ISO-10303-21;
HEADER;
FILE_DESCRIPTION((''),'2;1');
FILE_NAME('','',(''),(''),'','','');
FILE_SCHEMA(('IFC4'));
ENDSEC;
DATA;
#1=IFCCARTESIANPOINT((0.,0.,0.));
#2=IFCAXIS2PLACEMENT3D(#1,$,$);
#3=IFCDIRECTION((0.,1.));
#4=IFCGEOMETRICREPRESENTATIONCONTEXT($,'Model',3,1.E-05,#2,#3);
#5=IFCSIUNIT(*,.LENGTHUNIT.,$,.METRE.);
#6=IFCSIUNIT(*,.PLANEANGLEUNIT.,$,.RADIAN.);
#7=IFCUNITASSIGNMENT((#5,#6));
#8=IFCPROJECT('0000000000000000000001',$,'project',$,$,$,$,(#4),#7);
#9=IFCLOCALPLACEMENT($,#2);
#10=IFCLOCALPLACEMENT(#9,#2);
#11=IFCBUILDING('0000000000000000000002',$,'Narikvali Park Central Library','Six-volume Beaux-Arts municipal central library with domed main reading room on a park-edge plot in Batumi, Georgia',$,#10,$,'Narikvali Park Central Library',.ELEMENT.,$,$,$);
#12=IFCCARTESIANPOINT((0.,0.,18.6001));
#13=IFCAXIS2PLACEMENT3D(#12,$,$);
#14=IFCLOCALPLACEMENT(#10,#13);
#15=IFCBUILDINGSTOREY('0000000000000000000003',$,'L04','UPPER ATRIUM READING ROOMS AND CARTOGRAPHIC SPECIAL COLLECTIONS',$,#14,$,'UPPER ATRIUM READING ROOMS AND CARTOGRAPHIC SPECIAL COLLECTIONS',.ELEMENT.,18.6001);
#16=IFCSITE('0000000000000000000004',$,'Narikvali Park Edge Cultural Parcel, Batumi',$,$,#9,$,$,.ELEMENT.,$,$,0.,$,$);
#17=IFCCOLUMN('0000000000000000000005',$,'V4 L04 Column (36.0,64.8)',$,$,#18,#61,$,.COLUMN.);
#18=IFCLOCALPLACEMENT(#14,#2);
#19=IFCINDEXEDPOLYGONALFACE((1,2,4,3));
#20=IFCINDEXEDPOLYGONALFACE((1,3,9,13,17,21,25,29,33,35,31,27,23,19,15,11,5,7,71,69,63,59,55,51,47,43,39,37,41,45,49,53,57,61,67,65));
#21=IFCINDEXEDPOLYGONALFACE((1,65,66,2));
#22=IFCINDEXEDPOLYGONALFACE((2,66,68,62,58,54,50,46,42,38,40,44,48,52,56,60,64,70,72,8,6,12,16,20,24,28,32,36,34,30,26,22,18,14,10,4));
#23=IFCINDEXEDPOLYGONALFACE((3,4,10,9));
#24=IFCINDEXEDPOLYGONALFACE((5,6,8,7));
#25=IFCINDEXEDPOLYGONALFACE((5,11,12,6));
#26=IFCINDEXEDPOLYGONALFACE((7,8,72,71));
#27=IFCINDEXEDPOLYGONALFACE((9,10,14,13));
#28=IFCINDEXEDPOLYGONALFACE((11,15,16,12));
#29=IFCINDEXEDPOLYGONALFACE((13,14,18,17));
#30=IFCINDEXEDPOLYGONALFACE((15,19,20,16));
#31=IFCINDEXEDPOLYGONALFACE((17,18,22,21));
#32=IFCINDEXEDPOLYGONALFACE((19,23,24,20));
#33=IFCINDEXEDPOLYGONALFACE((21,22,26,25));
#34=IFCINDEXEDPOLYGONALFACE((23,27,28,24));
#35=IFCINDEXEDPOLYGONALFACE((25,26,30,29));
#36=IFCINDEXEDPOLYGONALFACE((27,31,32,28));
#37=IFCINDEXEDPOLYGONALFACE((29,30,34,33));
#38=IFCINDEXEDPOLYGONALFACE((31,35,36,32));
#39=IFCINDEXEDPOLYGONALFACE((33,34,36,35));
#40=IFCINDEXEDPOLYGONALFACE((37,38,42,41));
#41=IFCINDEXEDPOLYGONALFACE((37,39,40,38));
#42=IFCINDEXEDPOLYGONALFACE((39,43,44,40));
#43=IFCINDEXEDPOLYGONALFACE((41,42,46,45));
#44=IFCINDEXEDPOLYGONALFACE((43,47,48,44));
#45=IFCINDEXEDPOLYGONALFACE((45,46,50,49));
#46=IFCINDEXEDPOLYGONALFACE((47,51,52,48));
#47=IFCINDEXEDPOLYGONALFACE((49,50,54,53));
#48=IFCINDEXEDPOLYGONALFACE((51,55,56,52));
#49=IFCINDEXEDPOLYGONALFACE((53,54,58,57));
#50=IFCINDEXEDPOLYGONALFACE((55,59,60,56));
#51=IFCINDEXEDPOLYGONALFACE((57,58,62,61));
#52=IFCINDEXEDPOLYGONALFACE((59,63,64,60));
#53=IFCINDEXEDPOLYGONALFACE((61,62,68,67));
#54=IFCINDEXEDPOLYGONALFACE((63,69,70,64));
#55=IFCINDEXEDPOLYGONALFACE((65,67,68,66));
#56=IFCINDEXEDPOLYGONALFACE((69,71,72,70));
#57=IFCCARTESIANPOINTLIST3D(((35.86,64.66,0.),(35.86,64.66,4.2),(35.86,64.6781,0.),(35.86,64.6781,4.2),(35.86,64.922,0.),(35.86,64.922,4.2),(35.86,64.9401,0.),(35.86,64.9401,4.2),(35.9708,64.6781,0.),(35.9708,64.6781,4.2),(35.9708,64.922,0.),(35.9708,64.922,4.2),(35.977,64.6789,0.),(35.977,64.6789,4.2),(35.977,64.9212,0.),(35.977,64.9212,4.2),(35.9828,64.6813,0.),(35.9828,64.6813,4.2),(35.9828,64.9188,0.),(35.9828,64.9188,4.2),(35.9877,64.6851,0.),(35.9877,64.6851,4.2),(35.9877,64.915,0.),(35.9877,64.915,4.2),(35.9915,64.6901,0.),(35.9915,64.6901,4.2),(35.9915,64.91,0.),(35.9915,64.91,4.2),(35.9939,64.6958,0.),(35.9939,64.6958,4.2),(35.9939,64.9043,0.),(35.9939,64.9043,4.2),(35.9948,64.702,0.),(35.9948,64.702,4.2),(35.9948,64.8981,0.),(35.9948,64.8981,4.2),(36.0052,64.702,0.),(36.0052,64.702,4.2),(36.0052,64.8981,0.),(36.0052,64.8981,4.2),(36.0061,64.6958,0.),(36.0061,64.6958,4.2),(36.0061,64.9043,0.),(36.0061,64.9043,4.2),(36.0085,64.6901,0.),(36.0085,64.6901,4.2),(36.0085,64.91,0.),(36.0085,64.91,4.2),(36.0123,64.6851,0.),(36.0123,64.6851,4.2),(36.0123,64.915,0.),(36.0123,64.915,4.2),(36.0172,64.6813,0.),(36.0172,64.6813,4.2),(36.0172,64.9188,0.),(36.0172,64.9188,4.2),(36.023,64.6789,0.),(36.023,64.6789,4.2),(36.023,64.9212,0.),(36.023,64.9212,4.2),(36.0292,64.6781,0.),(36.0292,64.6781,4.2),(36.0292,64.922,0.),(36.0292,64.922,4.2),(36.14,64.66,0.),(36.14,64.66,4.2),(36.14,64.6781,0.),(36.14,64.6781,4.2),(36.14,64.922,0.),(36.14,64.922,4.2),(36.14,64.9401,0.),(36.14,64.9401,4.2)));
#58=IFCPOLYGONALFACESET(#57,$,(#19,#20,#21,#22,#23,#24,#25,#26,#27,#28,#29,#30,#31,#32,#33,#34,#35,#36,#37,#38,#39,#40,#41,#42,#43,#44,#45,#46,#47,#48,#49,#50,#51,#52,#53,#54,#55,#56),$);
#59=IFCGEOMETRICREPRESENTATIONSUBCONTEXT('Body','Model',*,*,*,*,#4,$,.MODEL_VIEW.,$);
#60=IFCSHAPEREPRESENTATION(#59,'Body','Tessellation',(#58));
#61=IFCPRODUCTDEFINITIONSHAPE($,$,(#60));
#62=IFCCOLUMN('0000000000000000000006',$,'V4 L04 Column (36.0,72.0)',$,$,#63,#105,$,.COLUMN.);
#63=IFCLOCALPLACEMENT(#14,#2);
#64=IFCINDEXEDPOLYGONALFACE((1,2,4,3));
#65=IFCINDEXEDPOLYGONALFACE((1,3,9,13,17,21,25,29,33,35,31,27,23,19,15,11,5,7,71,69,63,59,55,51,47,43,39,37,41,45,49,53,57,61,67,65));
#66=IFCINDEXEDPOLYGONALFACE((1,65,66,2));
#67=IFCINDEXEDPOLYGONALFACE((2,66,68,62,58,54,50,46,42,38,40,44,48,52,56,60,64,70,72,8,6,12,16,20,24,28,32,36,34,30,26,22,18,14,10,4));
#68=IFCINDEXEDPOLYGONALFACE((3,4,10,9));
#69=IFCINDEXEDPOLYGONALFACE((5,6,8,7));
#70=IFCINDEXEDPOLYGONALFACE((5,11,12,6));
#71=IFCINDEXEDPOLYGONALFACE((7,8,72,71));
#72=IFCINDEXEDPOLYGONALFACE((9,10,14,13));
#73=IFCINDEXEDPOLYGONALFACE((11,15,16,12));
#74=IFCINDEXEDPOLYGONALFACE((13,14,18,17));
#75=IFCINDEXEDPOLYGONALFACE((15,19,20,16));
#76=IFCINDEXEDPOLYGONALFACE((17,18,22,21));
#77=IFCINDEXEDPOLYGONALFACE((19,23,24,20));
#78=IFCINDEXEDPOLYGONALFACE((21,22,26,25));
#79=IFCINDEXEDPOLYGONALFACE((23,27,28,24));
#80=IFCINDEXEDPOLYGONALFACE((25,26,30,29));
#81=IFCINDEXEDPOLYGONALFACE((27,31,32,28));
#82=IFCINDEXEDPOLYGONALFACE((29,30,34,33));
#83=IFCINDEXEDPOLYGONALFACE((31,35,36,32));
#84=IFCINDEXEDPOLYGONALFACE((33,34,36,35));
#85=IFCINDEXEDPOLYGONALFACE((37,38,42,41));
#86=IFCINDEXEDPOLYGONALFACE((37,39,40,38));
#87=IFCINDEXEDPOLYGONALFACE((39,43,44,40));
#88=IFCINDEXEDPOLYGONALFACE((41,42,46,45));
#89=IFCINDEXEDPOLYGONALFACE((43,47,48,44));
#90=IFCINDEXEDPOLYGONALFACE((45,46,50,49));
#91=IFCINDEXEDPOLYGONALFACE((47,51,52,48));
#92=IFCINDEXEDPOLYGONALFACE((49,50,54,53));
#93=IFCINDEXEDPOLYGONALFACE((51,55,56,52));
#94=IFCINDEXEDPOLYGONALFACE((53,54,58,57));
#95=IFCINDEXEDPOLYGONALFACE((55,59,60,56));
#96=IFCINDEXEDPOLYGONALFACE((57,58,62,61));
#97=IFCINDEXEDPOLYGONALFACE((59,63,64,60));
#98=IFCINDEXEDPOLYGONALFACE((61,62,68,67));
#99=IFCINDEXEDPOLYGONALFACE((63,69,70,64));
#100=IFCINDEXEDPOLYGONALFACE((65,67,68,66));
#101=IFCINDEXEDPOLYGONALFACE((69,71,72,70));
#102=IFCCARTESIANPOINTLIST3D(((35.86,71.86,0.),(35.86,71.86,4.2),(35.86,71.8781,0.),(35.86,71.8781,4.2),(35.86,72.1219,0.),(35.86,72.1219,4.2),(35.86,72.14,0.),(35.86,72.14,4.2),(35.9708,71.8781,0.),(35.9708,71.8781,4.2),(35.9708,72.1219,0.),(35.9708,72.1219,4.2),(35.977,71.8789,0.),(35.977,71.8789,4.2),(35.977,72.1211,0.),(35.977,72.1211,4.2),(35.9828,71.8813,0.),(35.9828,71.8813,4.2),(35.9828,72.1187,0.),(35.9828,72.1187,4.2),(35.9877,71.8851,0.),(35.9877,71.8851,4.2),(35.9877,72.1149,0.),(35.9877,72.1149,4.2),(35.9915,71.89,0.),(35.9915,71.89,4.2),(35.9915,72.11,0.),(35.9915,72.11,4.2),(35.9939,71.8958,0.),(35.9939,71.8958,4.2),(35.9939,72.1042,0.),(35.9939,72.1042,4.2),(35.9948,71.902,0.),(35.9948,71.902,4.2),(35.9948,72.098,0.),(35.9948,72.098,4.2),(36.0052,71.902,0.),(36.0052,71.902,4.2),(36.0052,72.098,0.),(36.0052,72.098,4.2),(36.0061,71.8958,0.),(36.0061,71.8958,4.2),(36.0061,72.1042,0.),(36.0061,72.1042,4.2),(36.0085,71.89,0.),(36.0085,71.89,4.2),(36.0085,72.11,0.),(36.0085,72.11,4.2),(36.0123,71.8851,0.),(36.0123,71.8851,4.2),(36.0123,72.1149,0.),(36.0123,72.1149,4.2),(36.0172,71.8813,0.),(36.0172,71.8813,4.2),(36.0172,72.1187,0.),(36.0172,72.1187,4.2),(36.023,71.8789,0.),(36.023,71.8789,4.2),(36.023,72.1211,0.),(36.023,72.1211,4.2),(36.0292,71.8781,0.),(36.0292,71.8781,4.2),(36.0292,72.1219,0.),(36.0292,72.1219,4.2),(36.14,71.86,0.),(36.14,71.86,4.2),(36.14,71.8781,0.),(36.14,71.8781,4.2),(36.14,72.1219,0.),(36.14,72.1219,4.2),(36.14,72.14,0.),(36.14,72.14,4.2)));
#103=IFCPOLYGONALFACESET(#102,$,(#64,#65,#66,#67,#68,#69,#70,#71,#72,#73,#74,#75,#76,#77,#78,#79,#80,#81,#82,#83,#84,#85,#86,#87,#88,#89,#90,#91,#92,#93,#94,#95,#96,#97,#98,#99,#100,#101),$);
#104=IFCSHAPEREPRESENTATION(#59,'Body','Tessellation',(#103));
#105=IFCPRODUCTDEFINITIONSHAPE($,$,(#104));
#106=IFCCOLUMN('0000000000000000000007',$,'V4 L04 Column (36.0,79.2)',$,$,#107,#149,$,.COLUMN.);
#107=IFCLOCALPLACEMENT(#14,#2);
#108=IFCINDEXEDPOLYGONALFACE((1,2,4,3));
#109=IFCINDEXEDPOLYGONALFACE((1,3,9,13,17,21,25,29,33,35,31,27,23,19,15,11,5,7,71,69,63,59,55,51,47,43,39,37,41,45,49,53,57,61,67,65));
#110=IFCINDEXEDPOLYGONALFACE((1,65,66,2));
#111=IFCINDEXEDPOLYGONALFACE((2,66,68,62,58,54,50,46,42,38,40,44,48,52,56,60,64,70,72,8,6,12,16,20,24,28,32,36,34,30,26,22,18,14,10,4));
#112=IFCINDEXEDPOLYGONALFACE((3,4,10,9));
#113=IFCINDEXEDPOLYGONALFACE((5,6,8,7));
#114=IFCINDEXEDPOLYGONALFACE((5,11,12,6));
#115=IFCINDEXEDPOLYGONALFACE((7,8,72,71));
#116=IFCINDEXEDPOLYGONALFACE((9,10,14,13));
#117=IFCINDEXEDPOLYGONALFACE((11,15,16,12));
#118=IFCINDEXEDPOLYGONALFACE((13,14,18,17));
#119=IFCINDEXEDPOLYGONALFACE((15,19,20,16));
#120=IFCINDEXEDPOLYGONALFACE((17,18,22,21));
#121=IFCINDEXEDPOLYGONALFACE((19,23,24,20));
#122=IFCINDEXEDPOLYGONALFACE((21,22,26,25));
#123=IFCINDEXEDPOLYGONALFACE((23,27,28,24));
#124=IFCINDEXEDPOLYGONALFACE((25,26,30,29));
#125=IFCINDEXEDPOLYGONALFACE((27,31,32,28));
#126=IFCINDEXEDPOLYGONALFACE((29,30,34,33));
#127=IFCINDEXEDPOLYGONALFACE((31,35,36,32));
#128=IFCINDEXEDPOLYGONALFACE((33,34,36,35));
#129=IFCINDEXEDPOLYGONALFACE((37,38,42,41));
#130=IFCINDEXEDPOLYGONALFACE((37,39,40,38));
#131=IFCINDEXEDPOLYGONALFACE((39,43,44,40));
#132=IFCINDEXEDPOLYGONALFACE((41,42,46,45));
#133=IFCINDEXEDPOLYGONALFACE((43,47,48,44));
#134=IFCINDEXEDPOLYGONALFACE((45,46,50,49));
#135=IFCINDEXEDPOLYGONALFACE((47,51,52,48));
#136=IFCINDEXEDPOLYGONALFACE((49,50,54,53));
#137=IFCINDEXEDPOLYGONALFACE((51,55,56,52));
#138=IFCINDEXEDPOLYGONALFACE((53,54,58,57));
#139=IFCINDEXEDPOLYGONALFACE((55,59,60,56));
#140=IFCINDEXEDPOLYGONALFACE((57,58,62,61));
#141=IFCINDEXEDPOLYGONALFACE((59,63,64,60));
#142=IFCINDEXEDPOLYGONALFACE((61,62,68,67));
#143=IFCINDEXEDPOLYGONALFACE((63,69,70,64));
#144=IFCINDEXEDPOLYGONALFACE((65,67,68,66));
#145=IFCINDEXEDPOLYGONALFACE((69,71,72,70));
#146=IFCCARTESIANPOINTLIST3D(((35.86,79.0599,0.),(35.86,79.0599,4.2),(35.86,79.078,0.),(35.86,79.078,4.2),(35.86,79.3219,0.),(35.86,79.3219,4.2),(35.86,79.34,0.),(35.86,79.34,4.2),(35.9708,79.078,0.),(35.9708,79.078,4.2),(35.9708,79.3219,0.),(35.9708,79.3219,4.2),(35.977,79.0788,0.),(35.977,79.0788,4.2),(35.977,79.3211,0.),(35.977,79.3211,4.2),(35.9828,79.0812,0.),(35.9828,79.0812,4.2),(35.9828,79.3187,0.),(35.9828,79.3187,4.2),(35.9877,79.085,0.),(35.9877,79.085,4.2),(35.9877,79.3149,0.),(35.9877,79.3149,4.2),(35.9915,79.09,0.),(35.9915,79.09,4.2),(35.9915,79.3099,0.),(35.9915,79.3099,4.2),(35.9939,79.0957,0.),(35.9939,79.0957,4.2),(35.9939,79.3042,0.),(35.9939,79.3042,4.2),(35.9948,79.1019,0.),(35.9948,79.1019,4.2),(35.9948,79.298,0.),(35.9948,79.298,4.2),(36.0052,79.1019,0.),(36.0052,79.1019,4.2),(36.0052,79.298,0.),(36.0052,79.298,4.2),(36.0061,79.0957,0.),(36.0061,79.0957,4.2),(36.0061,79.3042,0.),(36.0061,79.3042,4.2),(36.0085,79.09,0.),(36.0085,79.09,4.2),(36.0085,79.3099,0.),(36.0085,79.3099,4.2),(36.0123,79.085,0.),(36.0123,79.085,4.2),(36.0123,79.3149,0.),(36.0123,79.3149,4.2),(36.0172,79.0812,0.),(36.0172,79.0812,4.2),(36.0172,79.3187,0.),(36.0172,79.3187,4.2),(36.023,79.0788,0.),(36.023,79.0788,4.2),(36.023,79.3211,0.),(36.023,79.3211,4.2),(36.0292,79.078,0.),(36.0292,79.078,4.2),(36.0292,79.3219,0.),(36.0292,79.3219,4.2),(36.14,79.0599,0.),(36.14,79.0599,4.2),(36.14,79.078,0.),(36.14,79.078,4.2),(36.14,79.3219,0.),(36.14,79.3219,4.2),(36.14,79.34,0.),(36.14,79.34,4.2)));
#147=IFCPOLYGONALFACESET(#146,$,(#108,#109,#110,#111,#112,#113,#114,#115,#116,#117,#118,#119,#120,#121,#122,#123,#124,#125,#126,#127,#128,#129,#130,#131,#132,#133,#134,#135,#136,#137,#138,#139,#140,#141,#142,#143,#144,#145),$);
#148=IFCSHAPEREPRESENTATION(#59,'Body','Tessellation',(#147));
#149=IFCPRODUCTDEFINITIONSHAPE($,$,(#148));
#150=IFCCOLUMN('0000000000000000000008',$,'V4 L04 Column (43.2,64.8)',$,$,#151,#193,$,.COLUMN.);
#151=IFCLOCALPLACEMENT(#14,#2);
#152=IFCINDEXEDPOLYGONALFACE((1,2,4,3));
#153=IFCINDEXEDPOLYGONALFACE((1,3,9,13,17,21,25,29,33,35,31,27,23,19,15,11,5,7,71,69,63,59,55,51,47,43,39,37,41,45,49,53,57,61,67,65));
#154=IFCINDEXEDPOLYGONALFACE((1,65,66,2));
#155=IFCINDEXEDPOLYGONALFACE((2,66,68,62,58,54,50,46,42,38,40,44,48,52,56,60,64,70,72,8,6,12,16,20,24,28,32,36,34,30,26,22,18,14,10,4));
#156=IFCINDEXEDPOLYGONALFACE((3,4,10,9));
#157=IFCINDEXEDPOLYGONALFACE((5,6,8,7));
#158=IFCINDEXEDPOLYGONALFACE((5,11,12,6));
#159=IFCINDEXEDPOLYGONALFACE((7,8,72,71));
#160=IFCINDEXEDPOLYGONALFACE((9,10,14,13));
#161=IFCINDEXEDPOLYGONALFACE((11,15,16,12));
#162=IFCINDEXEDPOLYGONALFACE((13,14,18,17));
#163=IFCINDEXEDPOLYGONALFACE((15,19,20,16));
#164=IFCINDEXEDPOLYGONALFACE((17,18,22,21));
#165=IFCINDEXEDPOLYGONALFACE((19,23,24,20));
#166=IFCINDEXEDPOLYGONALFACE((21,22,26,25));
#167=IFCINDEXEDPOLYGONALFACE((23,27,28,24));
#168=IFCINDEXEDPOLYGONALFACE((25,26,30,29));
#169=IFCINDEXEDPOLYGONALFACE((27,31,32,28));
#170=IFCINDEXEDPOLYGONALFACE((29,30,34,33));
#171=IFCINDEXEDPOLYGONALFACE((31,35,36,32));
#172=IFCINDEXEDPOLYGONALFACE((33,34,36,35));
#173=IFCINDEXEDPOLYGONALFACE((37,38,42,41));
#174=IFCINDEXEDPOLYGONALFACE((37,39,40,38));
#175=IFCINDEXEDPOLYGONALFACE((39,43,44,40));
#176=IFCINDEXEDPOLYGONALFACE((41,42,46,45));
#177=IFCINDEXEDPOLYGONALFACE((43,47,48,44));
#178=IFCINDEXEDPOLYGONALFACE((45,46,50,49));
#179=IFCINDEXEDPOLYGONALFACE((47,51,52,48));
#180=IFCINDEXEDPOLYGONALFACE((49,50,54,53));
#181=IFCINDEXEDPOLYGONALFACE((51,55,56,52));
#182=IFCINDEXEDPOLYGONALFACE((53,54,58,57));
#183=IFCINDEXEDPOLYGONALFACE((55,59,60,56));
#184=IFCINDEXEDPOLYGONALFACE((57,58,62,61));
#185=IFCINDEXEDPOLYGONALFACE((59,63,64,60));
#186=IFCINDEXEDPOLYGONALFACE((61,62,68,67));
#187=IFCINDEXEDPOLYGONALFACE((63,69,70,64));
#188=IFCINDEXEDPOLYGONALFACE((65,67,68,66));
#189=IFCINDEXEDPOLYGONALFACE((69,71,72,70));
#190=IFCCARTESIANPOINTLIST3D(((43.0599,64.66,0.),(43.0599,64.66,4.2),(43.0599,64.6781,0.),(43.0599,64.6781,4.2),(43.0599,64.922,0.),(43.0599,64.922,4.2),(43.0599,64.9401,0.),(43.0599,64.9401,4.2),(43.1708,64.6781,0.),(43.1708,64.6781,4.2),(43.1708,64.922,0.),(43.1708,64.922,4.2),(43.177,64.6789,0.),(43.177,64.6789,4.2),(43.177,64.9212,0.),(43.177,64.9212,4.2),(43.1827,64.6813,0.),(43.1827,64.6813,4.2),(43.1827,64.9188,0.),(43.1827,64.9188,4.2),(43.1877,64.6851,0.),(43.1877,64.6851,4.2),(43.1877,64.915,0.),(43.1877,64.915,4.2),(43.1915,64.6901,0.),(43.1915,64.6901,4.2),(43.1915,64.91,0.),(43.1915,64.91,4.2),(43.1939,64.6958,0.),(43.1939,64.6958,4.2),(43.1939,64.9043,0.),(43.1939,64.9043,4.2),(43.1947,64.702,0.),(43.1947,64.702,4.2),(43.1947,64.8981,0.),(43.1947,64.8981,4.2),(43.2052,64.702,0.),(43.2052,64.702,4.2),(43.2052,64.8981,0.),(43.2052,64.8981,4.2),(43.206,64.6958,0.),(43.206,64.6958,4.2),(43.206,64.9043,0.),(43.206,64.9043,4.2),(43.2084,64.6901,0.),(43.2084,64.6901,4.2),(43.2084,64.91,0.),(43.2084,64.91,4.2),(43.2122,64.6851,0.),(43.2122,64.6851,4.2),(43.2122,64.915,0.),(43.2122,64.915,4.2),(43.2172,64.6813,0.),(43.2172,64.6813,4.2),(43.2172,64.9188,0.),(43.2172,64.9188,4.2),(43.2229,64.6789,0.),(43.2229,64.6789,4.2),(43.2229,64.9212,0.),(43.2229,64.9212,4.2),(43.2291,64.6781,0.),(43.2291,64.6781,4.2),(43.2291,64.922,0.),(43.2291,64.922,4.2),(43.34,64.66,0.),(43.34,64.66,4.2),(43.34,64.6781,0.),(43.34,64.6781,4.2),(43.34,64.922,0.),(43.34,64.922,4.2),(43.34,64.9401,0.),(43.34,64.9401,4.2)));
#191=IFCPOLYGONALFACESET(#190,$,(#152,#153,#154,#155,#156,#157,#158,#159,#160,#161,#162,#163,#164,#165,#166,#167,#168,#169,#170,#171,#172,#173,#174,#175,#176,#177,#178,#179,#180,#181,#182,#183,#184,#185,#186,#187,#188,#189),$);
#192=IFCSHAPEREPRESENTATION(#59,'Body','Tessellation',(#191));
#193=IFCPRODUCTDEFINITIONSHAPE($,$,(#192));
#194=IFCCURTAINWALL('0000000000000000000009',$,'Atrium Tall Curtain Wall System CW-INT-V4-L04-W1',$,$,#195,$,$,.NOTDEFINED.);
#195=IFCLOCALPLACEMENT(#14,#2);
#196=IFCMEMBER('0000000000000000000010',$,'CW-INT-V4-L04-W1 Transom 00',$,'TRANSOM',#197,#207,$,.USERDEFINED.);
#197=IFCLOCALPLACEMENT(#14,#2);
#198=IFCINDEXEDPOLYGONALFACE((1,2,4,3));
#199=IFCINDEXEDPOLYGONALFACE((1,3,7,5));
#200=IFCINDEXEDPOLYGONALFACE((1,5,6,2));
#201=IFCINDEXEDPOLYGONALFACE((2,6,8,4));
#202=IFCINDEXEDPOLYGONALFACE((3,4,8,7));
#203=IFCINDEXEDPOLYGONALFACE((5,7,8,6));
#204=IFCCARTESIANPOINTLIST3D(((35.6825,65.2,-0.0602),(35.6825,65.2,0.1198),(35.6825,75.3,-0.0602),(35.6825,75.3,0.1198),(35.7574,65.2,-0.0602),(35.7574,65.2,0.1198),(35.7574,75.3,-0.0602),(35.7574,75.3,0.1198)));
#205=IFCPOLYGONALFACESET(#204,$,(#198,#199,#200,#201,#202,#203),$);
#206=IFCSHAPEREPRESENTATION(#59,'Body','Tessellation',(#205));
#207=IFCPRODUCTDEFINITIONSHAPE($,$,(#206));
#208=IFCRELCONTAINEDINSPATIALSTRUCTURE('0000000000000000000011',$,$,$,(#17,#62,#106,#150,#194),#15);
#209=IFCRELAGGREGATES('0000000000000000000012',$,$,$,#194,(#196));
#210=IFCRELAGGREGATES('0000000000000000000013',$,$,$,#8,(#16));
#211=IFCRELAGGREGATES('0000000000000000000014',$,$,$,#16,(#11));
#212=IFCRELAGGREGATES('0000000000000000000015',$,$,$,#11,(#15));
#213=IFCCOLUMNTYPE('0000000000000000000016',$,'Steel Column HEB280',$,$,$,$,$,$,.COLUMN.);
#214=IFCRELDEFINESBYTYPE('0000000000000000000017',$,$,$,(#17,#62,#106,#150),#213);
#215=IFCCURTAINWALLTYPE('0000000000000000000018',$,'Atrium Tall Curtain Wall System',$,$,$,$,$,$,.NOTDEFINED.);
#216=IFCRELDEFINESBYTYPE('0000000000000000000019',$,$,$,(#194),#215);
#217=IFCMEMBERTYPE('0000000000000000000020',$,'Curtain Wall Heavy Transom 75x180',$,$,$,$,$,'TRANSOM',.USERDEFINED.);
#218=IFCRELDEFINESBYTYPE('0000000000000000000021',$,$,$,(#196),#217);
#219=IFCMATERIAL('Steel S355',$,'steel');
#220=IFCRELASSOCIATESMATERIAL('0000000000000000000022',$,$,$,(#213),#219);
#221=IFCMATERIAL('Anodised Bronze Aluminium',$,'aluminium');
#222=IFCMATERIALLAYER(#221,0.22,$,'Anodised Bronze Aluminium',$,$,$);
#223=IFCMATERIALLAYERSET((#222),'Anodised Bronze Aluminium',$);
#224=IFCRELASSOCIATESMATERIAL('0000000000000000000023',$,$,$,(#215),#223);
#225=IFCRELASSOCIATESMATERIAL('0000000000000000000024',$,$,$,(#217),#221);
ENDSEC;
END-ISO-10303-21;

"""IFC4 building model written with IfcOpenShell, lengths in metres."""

from ifc_helpers import new_model, si_unit, direction, frame, origin, origin_2d, place, context, subcontext, project, spatial, rectangle, i_section, extrude, material, layer, layer_set, material_profile, profile_set, type_object, element, aggregate, save


model = new_model("IFC4")

# Units and contexts
model_context = context("Model", 3, precision=1e-05, world=origin(), true_north=direction((0.0, 1.0)))
body_context = subcontext(model_context, "Body", "Model", "MODEL_VIEW")
ifc_project = project(units=[si_unit("LENGTHUNIT", "METRE"), si_unit("PLANEANGLEUNIT", "RADIAN")], contexts=[model_context])

# Site, building, storey
site_placement = place(None, origin())
site = spatial("IfcSite", under=ifc_project, at=site_placement, Name="Narikvali Park Edge Cultural Parcel, Batumi", CompositionType="ELEMENT", RefElevation=0.0)
building_placement = place(site_placement, origin())
building = spatial("IfcBuilding", under=site, at=building_placement, Name="Narikvali Park Central Library", Description="Six-volume Beaux-Arts municipal central library with domed main reading room on a park-edge plot in Batumi, Georgia", LongName="Narikvali Park Central Library", CompositionType="ELEMENT")
storey_placement = place(building_placement, frame((0.0, 0.0, 18.6001)))
storey = spatial("IfcBuildingStorey", under=building, at=storey_placement, Name="L04", Description="UPPER ATRIUM READING ROOMS AND CARTOGRAPHIC SPECIAL COLLECTIONS", LongName="UPPER ATRIUM READING ROOMS AND CARTOGRAPHIC SPECIAL COLLECTIONS", CompositionType="ELEMENT", Elevation=18.6001)

# Columns
ifc_material_1 = material(Name="Steel S355", Category="steel")
ifc_material_profile_1 = material_profile(ifc_material_1, i_section(OverallWidth=0.28, OverallDepth=0.28, WebThickness=0.0105, FlangeThickness=0.0181, FilletRadius=0.0239, at=origin_2d()), Name="HEB 280")
ifc_profile_set_1 = profile_set([ifc_material_profile_1], Name="Steel S355")
column_type = type_object("IfcColumnType", Name="Steel Column HEB280", PredefinedType="COLUMN", material=ifc_profile_set_1)
for number, where, z_axis, x_axis, name in (
    (1, (36.0, 64.8, 0.0), (0.0, 0.0, 1.0), (1.0, 0.0, 0.0), "V4 L04 Column (36.0,64.8)"),
    (2, (36.0, 72.0, 0.0), (0.0, 0.0, 1.0), (1.0, 0.0, 0.0), "V4 L04 Column (36.0,72.0)"),
    (3, (36.0, 79.2, 0.0), (0.0, 0.0, 1.0), (1.0, 0.0, 0.0), "V4 L04 Column (36.0,79.2)"),
    (4, (43.2, 64.8, 0.0), (0.0, 0.0, 1.0), (1.0, 0.0, 0.0), "V4 L04 Column (43.2,64.8)"),
):
    element("IfcColumn", number, at=place(storey_placement, frame(where, z_axis=z_axis, x_axis=x_axis)), inside=storey, type_object=column_type, Name=name, PredefinedType="COLUMN", context=body_context, shape_type="SweptSolid", body=[
        extrude(i_section(OverallWidth=0.28, OverallDepth=0.28, WebThickness=0.0105, FlangeThickness=0.0181, FilletRadius=0.0239, at=origin_2d()), origin(), (0.0, 0.0, 1.0), 4.2),
    ])

# Curtain wall, member
ifc_material_2 = material(Name="Anodised Bronze Aluminium", Category="aluminium")
ifc_layer_1 = layer(ifc_material_2, 0.22, Name="Anodised Bronze Aluminium")
ifc_layer_set_1 = layer_set([ifc_layer_1], Name="Anodised Bronze Aluminium")
curtain_wall_type = type_object("IfcCurtainWallType", Name="Atrium Tall Curtain Wall System", PredefinedType="NOTDEFINED", material=ifc_layer_set_1)
curtain_wall_1_placement = place(storey_placement, origin())
curtain_wall_1 = element("IfcCurtainWall", 5, at=curtain_wall_1_placement, inside=storey, type_object=curtain_wall_type, Name="Atrium Tall Curtain Wall System CW-INT-V4-L04-W1", PredefinedType="NOTDEFINED")
ifc_material_profile_2 = material_profile(ifc_material_2, rectangle(XDim=0.075, YDim=0.1799, at=origin_2d()), Name="CW TRANSOM 75x180")
ifc_profile_set_2 = profile_set([ifc_material_profile_2], Name="Anodised Bronze Aluminium")
member_type_1 = type_object("IfcMemberType", Name="Curtain Wall Heavy Transom 75x180", ElementType="TRANSOM", PredefinedType="USERDEFINED", material=ifc_profile_set_2)
member_1_placement = place(storey_placement, frame((35.72, 65.2, 0.0298), z_axis=(0.0, 1.0, 0.0), x_axis=(-1.0, 0.0, 0.0)))
member_1 = element("IfcMember", 6, at=member_1_placement, type_object=member_type_1, Name="CW-INT-V4-L04-W1 Transom 00", ObjectType="TRANSOM", PredefinedType="USERDEFINED", context=body_context, shape_type="SweptSolid", body=[
    extrude(rectangle(XDim=0.075, YDim=0.1799, at=origin_2d()), origin(), (0.0, 0.0, 1.0), 10.1001),
])

aggregate(curtain_wall_1, [member_1])

save(model, "model.ifc")
